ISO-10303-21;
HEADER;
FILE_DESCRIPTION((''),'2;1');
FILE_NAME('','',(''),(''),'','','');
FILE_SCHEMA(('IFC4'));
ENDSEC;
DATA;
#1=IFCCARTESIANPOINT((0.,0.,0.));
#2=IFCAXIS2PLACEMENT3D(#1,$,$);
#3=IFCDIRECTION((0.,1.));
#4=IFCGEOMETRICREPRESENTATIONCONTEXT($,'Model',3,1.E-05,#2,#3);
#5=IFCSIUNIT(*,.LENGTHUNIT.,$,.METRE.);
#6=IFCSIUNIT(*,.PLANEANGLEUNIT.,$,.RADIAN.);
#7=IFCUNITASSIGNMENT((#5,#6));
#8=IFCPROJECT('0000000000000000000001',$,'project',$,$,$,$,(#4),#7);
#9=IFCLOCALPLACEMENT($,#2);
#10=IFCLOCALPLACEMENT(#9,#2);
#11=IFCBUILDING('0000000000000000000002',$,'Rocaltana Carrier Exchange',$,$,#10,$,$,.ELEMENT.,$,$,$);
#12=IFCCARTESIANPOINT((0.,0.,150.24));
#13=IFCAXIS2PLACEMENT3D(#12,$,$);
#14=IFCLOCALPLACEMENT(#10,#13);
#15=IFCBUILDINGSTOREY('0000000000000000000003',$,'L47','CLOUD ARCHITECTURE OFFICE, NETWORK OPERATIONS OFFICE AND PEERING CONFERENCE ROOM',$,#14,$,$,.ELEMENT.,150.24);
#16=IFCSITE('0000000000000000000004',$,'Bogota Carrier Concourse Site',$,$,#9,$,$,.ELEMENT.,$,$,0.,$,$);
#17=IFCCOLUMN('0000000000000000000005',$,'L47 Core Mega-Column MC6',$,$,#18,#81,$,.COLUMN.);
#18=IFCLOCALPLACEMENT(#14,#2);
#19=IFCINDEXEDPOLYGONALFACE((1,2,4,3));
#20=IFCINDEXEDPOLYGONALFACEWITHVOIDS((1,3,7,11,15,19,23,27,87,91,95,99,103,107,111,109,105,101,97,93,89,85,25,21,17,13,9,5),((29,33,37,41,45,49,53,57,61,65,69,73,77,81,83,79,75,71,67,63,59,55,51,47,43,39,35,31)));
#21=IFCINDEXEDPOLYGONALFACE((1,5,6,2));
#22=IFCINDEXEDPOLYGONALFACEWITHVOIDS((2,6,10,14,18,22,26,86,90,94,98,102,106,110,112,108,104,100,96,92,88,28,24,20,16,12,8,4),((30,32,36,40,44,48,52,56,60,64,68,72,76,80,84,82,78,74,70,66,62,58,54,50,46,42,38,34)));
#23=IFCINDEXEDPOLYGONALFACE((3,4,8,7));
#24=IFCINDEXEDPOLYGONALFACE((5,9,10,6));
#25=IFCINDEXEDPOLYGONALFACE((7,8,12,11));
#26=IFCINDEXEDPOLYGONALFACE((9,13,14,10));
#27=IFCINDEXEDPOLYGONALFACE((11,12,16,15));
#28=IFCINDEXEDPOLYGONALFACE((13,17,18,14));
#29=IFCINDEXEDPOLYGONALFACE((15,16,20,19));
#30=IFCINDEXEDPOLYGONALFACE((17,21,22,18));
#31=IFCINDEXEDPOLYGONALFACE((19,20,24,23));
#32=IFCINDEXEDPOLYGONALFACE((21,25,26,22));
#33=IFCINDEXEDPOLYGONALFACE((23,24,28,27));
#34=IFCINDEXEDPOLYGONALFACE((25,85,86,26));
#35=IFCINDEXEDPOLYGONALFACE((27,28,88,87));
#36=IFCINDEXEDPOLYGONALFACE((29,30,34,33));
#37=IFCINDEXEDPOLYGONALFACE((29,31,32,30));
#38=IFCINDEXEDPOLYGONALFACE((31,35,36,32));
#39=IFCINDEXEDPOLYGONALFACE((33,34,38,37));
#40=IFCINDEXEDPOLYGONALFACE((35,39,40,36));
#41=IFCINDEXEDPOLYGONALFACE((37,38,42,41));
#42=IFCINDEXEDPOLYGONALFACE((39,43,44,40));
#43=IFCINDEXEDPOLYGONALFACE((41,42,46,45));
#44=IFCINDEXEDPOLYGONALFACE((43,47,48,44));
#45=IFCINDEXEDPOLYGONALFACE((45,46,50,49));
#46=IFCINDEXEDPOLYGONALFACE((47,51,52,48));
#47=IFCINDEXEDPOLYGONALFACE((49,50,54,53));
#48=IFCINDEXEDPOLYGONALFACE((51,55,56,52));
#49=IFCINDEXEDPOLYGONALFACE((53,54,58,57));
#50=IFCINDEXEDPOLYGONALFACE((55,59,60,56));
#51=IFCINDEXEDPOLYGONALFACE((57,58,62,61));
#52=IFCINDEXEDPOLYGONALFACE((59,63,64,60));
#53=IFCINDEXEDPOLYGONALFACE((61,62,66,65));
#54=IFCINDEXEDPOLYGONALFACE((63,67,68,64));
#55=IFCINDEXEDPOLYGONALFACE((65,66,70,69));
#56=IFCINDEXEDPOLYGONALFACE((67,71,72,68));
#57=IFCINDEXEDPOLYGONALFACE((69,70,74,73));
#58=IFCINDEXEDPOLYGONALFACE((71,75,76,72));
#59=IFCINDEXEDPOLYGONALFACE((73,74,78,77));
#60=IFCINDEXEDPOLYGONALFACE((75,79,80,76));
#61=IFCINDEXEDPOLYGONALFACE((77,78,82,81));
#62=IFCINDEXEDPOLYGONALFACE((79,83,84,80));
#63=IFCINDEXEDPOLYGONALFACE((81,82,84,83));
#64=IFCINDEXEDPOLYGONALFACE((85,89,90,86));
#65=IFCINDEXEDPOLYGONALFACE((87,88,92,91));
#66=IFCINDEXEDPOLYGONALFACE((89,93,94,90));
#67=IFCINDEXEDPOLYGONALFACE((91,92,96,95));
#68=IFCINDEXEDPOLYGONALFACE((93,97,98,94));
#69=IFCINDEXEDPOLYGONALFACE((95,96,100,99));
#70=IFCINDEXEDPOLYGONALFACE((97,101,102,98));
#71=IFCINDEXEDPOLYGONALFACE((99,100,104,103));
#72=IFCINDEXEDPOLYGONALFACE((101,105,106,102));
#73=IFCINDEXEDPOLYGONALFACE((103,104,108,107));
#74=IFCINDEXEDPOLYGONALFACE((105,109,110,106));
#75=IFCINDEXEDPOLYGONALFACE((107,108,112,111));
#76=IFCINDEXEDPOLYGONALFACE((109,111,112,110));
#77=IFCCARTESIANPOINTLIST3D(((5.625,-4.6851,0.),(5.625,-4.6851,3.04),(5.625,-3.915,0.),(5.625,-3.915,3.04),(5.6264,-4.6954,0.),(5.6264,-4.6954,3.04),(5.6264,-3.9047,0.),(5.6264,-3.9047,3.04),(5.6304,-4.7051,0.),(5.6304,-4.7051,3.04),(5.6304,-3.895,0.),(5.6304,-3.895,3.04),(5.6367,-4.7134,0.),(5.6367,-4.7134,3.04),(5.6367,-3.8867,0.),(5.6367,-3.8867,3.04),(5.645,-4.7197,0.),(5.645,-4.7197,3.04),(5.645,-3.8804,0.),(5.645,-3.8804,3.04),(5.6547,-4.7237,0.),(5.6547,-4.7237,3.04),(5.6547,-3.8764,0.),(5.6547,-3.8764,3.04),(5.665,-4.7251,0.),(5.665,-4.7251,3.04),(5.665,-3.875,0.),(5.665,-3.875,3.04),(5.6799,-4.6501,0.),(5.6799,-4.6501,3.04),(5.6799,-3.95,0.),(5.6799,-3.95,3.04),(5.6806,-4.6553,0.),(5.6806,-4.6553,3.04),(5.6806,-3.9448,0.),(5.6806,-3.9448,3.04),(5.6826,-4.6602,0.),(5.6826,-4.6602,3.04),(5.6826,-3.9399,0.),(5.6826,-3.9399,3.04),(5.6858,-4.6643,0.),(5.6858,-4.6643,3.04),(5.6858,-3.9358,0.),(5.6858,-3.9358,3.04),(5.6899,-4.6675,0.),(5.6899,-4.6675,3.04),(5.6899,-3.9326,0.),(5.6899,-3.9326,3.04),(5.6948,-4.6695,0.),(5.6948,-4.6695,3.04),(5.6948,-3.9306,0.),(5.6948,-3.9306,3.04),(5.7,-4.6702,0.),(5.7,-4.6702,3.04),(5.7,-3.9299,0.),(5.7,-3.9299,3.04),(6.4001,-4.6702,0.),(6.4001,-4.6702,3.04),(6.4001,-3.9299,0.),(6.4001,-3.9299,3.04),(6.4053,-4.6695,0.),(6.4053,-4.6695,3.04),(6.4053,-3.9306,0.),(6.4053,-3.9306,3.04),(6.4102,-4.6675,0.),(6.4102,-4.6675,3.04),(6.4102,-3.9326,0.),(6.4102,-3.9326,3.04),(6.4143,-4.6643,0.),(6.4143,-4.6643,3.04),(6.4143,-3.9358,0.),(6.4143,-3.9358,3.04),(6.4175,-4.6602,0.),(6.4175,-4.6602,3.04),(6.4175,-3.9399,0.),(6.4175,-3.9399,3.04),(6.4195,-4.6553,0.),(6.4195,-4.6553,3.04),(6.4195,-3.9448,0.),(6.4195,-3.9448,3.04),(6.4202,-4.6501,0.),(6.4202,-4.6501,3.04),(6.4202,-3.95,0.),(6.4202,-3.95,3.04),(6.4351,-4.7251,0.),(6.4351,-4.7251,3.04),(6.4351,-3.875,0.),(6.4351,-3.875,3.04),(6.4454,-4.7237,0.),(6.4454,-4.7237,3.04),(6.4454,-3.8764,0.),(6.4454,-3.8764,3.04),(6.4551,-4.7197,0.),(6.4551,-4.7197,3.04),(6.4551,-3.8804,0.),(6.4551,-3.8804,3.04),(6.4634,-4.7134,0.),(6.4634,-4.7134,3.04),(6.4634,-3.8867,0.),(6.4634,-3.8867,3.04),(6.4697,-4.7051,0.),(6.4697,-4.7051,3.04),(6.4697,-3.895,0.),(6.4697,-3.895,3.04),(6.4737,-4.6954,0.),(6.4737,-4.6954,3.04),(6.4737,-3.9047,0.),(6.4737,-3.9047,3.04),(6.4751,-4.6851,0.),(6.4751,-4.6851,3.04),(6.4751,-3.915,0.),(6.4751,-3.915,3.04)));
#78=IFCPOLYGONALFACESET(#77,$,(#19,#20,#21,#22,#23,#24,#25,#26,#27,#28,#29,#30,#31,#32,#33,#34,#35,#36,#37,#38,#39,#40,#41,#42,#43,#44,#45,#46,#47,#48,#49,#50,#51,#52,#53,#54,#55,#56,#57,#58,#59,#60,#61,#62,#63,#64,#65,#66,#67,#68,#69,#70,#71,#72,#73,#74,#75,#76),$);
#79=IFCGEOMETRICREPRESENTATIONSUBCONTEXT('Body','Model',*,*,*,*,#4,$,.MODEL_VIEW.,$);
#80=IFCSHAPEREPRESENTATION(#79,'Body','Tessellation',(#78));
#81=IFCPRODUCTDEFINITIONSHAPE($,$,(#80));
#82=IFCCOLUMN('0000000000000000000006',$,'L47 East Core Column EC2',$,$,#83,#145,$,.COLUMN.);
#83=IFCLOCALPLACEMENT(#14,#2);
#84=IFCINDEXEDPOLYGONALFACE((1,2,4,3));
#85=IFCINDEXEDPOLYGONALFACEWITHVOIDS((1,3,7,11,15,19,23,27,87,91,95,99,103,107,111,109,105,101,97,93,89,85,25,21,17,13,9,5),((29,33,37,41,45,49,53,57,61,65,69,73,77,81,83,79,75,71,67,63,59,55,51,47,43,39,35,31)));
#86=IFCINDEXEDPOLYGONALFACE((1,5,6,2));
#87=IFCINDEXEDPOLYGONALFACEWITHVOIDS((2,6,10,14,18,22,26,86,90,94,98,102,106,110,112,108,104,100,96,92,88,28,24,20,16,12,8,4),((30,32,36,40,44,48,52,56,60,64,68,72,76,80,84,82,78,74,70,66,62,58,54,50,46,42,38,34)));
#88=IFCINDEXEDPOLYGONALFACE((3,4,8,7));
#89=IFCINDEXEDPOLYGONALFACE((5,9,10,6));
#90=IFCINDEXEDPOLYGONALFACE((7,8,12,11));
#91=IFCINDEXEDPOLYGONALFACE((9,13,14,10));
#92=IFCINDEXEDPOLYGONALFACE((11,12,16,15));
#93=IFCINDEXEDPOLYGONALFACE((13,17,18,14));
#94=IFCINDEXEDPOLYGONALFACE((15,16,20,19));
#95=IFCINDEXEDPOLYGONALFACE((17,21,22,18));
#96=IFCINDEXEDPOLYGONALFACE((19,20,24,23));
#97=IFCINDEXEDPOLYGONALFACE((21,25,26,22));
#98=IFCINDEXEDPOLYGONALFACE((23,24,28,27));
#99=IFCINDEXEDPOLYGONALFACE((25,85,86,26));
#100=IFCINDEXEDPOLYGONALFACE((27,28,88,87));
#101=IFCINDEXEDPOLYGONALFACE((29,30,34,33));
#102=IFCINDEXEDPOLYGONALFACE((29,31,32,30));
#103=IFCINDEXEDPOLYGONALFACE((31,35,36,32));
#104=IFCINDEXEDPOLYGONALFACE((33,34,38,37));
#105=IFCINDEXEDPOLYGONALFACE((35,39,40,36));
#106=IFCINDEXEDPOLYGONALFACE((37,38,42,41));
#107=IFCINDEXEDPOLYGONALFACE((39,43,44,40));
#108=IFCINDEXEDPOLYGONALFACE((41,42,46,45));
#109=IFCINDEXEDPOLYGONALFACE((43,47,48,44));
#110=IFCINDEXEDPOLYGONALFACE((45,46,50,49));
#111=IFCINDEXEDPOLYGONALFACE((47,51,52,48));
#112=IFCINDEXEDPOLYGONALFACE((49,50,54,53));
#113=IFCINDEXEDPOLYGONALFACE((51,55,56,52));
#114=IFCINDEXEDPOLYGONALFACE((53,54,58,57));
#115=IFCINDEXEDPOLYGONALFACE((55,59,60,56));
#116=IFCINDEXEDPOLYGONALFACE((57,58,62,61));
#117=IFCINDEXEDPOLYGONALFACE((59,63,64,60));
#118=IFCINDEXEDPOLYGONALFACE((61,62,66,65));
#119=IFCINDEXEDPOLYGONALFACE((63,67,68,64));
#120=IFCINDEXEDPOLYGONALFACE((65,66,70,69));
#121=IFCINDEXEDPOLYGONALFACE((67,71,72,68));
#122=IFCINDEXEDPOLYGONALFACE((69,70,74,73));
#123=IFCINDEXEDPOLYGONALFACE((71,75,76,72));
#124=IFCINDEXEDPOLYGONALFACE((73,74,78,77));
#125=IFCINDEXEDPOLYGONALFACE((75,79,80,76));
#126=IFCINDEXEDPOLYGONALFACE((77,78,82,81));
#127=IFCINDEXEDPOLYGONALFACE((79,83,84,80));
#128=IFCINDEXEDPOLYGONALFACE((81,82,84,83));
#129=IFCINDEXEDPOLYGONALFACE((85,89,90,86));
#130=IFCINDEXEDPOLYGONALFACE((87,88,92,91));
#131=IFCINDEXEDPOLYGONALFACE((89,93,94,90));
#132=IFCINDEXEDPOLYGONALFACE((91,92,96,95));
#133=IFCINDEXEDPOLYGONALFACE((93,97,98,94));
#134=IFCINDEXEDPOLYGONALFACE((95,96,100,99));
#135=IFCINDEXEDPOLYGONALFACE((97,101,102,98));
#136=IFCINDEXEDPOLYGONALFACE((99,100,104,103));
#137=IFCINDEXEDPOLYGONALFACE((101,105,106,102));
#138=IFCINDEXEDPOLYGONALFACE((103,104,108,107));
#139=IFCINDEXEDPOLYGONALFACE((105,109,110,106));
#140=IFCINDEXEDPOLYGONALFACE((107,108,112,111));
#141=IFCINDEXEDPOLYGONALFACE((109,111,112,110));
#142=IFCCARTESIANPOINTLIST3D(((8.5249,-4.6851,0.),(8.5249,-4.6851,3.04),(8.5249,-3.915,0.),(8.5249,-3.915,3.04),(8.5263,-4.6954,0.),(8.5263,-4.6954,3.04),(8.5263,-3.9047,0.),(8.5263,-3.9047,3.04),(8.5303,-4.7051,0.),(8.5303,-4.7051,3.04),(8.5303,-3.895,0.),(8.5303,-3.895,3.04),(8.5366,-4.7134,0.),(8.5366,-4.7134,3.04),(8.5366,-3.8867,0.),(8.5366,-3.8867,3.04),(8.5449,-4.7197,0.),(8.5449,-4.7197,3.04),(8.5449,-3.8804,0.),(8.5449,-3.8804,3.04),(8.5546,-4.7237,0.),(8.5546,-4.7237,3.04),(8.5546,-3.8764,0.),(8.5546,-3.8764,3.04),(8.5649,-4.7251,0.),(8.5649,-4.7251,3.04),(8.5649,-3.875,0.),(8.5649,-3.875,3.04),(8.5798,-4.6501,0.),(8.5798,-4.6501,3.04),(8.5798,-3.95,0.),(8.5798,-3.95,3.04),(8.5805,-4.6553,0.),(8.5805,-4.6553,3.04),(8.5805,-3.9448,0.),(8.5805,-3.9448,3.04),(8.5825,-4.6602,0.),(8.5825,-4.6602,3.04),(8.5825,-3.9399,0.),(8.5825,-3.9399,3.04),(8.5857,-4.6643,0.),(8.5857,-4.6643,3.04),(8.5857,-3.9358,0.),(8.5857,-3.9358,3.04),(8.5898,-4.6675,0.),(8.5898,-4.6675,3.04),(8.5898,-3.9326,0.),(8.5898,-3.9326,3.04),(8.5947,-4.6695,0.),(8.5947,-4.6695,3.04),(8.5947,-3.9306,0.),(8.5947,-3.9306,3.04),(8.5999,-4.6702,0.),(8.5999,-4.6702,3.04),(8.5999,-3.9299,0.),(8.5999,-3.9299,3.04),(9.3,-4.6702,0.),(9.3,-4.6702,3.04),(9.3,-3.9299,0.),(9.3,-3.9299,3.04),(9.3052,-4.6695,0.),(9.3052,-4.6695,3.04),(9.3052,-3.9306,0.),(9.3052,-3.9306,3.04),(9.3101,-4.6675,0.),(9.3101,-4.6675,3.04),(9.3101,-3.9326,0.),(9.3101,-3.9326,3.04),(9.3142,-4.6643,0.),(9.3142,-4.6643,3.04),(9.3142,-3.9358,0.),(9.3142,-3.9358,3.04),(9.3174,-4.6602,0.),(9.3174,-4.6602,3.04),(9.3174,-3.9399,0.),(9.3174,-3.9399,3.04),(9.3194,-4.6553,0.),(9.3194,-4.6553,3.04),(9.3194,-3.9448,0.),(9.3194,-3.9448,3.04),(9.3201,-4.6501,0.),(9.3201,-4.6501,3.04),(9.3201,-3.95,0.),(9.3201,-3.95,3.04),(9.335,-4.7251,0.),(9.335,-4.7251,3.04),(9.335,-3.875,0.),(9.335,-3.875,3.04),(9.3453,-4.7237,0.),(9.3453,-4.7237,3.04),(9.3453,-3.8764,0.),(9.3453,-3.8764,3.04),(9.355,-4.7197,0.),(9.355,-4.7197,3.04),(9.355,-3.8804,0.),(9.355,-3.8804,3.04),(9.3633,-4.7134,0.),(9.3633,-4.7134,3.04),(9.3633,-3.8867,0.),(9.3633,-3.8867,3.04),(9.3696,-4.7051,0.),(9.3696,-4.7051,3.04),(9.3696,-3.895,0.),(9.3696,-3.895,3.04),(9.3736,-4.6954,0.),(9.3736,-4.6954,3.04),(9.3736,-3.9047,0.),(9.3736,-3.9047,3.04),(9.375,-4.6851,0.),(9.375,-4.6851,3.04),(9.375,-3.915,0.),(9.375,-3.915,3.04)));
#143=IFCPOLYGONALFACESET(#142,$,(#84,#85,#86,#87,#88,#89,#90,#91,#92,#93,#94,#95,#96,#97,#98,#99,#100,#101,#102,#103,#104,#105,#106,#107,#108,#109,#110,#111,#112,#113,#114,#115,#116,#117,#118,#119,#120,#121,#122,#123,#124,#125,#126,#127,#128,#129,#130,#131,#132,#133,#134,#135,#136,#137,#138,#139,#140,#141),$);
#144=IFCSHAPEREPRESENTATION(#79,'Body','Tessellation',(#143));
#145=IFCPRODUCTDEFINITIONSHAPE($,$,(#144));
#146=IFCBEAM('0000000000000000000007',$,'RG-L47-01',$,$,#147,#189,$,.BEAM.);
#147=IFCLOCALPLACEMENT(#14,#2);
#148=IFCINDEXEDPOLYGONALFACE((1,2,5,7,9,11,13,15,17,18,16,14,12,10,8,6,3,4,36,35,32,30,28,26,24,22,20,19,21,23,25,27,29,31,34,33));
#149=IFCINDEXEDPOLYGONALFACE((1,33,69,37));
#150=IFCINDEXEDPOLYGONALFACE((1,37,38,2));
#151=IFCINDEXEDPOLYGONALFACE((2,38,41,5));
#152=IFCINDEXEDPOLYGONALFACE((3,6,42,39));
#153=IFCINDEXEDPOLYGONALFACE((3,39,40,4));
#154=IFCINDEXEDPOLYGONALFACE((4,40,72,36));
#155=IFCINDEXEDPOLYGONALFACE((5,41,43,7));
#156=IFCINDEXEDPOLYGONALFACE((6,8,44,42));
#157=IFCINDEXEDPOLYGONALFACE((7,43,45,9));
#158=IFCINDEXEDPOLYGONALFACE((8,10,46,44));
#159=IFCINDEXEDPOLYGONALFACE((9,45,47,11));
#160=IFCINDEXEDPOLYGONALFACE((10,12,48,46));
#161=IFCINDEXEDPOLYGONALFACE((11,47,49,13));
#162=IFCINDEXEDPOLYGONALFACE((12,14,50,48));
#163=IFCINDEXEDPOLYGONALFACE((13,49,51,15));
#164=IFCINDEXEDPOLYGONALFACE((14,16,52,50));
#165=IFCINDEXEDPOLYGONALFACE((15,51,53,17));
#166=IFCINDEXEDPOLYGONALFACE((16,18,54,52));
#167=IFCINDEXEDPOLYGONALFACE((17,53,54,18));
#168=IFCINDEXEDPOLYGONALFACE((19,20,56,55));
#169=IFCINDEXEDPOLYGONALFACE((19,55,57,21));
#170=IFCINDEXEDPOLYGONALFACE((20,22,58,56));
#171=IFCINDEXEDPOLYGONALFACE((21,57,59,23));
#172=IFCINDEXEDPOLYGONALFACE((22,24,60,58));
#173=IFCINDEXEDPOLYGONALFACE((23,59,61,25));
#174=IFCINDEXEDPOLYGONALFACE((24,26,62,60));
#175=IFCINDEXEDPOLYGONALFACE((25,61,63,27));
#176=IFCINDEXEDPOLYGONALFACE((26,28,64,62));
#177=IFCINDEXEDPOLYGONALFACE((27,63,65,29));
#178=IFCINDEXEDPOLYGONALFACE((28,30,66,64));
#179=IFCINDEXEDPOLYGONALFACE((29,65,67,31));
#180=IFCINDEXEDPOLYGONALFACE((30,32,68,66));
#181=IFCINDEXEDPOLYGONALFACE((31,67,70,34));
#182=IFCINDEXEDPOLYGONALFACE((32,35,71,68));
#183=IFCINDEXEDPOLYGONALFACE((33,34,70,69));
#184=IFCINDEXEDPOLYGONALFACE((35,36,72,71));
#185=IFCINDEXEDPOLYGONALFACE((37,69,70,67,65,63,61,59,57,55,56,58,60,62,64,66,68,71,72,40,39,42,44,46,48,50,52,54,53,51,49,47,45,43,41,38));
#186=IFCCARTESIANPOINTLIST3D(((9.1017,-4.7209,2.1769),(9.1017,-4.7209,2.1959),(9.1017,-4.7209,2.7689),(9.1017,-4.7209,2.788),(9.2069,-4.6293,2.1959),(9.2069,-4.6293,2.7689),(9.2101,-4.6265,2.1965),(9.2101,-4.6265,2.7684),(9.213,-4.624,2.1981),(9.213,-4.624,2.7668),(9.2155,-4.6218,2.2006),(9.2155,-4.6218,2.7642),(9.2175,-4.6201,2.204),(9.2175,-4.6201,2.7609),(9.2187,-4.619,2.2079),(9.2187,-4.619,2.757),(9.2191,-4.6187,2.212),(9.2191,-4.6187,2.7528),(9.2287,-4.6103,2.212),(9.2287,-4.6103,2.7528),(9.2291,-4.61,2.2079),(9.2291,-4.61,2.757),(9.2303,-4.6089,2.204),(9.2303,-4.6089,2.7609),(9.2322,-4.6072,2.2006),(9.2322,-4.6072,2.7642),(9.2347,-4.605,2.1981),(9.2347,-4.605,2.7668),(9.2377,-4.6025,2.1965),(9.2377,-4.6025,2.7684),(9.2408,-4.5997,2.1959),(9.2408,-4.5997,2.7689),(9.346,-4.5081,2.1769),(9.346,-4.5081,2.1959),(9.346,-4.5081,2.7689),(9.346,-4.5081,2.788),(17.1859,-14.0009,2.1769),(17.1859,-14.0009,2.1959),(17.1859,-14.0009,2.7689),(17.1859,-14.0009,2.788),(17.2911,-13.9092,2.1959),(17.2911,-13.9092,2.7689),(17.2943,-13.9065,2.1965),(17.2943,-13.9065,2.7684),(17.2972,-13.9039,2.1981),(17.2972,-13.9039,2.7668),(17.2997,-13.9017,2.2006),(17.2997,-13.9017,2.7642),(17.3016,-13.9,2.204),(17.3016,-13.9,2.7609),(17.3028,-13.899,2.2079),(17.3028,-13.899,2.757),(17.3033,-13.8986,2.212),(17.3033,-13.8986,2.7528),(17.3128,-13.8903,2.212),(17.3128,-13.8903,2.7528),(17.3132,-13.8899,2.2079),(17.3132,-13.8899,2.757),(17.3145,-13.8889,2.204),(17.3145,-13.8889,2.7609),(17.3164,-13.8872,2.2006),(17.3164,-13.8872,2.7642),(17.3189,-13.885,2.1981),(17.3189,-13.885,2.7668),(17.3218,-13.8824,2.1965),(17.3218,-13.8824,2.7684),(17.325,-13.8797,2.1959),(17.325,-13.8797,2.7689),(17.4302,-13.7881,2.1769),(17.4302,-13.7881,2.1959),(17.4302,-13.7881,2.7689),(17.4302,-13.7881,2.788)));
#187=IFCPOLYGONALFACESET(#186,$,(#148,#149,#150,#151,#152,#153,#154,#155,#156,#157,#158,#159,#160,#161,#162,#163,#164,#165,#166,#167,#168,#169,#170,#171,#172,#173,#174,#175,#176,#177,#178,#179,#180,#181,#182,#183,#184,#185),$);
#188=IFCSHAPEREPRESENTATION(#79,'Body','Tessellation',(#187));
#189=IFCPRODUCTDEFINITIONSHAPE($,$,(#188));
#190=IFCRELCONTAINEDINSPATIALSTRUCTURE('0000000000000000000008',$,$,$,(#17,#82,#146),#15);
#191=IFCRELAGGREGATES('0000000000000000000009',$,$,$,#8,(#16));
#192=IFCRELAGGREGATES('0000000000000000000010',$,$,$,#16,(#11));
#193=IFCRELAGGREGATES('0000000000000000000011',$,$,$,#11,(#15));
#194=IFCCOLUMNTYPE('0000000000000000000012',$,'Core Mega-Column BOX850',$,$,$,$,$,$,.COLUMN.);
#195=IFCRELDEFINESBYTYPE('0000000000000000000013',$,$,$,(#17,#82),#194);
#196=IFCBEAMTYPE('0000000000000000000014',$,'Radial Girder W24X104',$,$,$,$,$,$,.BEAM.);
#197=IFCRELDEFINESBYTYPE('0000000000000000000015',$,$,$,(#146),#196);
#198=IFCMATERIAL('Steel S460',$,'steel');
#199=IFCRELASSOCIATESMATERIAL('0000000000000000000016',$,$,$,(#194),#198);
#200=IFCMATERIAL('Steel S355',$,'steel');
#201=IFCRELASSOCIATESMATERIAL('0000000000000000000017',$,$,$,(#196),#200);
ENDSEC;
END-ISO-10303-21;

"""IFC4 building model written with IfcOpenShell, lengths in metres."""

from ifc_helpers import new_model, si_unit, direction, frame, origin, origin_2d, place, context, subcontext, project, spatial, hollow_rectangle, i_section, extrude, material, material_profile, profile_set, type_object, element, save


model = new_model("IFC4")

# Units and contexts
model_context = context("Model", 3, precision=1e-05, world=origin(), true_north=direction((0.0, 1.0)))
body_context = subcontext(model_context, "Body", "Model", "MODEL_VIEW")
ifc_project = project(units=[si_unit("LENGTHUNIT", "METRE"), si_unit("PLANEANGLEUNIT", "RADIAN")], contexts=[model_context])

# Site, building, storey
site_placement = place(None, origin())
site = spatial("IfcSite", under=ifc_project, at=site_placement, Name="Bogota Carrier Concourse Site", CompositionType="ELEMENT", RefElevation=0.0)
building_placement = place(site_placement, origin())
building = spatial("IfcBuilding", under=site, at=building_placement, Name="Rocaltana Carrier Exchange", CompositionType="ELEMENT")
storey_placement = place(building_placement, frame((0.0, 0.0, 150.24)))
storey = spatial("IfcBuildingStorey", under=building, at=storey_placement, Name="L47", Description="CLOUD ARCHITECTURE OFFICE, NETWORK OPERATIONS OFFICE AND PEERING CONFERENCE ROOM", CompositionType="ELEMENT", Elevation=150.24)

# Columns
ifc_material_1 = material(Name="Steel S460", Category="steel")
ifc_material_profile_1 = material_profile(ifc_material_1, hollow_rectangle(XDim=0.8501, YDim=0.8501, WallThickness=0.0549, InnerFilletRadius=0.02, OuterFilletRadius=0.04, at=origin_2d()), Name="BOX850X850X55")
ifc_profile_set_1 = profile_set([ifc_material_profile_1], Name="Steel S460")
column_type = type_object("IfcColumnType", Name="Core Mega-Column BOX850", PredefinedType="COLUMN", material=ifc_profile_set_1)
for number, where, z_axis, x_axis, name in (
    (1, (6.05, -4.3, 0.0), (0.0, 0.0, 1.0), (1.0, 0.0, 0.0), "L47 Core Mega-Column MC6"),
    (2, (8.95, -4.3, 0.0), (0.0, 0.0, 1.0), (1.0, 0.0, 0.0), "L47 East Core Column EC2"),
):
    element("IfcColumn", number, at=place(storey_placement, frame(where, z_axis=z_axis, x_axis=x_axis)), inside=storey, type_object=column_type, Name=name, PredefinedType="COLUMN", context=body_context, shape_type="SweptSolid", body=[
        extrude(hollow_rectangle(XDim=0.8501, YDim=0.8501, WallThickness=0.0549, InnerFilletRadius=0.02, OuterFilletRadius=0.04, at=origin_2d()), origin(), (0.0, 0.0, 1.0), 3.04),
    ])

# Beam
ifc_material_2 = material(Name="Steel S355", Category="steel")
ifc_material_profile_2 = material_profile(ifc_material_2, i_section(OverallWidth=0.324, OverallDepth=0.6111, WebThickness=0.0127, FlangeThickness=0.019, FilletRadius=0.0161, at=origin_2d()), Name="W24X104")
ifc_profile_set_2 = profile_set([ifc_material_profile_2], Name="Steel S355")
beam_type = type_object("IfcBeamType", Name="Radial Girder W24X104", PredefinedType="BEAM", material=ifc_profile_set_2)
beam_1_placement = place(storey_placement, frame((9.2239, -4.6145, 2.4824), z_axis=(0.656856, -0.754016, 0.0), x_axis=(0.754016, 0.656856, 0.0)))
element("IfcBeam", 3, at=beam_1_placement, inside=storey, type_object=beam_type, Name="RG-L47-01", PredefinedType="BEAM", context=body_context, shape_type="SweptSolid", body=[
    extrude(i_section(OverallWidth=0.324, OverallDepth=0.6111, WebThickness=0.0127, FlangeThickness=0.019, FilletRadius=0.0161, at=origin_2d()), origin(), (0.0, 0.0, 1.0), 12.3074),
])

save(model, "model.ifc")
